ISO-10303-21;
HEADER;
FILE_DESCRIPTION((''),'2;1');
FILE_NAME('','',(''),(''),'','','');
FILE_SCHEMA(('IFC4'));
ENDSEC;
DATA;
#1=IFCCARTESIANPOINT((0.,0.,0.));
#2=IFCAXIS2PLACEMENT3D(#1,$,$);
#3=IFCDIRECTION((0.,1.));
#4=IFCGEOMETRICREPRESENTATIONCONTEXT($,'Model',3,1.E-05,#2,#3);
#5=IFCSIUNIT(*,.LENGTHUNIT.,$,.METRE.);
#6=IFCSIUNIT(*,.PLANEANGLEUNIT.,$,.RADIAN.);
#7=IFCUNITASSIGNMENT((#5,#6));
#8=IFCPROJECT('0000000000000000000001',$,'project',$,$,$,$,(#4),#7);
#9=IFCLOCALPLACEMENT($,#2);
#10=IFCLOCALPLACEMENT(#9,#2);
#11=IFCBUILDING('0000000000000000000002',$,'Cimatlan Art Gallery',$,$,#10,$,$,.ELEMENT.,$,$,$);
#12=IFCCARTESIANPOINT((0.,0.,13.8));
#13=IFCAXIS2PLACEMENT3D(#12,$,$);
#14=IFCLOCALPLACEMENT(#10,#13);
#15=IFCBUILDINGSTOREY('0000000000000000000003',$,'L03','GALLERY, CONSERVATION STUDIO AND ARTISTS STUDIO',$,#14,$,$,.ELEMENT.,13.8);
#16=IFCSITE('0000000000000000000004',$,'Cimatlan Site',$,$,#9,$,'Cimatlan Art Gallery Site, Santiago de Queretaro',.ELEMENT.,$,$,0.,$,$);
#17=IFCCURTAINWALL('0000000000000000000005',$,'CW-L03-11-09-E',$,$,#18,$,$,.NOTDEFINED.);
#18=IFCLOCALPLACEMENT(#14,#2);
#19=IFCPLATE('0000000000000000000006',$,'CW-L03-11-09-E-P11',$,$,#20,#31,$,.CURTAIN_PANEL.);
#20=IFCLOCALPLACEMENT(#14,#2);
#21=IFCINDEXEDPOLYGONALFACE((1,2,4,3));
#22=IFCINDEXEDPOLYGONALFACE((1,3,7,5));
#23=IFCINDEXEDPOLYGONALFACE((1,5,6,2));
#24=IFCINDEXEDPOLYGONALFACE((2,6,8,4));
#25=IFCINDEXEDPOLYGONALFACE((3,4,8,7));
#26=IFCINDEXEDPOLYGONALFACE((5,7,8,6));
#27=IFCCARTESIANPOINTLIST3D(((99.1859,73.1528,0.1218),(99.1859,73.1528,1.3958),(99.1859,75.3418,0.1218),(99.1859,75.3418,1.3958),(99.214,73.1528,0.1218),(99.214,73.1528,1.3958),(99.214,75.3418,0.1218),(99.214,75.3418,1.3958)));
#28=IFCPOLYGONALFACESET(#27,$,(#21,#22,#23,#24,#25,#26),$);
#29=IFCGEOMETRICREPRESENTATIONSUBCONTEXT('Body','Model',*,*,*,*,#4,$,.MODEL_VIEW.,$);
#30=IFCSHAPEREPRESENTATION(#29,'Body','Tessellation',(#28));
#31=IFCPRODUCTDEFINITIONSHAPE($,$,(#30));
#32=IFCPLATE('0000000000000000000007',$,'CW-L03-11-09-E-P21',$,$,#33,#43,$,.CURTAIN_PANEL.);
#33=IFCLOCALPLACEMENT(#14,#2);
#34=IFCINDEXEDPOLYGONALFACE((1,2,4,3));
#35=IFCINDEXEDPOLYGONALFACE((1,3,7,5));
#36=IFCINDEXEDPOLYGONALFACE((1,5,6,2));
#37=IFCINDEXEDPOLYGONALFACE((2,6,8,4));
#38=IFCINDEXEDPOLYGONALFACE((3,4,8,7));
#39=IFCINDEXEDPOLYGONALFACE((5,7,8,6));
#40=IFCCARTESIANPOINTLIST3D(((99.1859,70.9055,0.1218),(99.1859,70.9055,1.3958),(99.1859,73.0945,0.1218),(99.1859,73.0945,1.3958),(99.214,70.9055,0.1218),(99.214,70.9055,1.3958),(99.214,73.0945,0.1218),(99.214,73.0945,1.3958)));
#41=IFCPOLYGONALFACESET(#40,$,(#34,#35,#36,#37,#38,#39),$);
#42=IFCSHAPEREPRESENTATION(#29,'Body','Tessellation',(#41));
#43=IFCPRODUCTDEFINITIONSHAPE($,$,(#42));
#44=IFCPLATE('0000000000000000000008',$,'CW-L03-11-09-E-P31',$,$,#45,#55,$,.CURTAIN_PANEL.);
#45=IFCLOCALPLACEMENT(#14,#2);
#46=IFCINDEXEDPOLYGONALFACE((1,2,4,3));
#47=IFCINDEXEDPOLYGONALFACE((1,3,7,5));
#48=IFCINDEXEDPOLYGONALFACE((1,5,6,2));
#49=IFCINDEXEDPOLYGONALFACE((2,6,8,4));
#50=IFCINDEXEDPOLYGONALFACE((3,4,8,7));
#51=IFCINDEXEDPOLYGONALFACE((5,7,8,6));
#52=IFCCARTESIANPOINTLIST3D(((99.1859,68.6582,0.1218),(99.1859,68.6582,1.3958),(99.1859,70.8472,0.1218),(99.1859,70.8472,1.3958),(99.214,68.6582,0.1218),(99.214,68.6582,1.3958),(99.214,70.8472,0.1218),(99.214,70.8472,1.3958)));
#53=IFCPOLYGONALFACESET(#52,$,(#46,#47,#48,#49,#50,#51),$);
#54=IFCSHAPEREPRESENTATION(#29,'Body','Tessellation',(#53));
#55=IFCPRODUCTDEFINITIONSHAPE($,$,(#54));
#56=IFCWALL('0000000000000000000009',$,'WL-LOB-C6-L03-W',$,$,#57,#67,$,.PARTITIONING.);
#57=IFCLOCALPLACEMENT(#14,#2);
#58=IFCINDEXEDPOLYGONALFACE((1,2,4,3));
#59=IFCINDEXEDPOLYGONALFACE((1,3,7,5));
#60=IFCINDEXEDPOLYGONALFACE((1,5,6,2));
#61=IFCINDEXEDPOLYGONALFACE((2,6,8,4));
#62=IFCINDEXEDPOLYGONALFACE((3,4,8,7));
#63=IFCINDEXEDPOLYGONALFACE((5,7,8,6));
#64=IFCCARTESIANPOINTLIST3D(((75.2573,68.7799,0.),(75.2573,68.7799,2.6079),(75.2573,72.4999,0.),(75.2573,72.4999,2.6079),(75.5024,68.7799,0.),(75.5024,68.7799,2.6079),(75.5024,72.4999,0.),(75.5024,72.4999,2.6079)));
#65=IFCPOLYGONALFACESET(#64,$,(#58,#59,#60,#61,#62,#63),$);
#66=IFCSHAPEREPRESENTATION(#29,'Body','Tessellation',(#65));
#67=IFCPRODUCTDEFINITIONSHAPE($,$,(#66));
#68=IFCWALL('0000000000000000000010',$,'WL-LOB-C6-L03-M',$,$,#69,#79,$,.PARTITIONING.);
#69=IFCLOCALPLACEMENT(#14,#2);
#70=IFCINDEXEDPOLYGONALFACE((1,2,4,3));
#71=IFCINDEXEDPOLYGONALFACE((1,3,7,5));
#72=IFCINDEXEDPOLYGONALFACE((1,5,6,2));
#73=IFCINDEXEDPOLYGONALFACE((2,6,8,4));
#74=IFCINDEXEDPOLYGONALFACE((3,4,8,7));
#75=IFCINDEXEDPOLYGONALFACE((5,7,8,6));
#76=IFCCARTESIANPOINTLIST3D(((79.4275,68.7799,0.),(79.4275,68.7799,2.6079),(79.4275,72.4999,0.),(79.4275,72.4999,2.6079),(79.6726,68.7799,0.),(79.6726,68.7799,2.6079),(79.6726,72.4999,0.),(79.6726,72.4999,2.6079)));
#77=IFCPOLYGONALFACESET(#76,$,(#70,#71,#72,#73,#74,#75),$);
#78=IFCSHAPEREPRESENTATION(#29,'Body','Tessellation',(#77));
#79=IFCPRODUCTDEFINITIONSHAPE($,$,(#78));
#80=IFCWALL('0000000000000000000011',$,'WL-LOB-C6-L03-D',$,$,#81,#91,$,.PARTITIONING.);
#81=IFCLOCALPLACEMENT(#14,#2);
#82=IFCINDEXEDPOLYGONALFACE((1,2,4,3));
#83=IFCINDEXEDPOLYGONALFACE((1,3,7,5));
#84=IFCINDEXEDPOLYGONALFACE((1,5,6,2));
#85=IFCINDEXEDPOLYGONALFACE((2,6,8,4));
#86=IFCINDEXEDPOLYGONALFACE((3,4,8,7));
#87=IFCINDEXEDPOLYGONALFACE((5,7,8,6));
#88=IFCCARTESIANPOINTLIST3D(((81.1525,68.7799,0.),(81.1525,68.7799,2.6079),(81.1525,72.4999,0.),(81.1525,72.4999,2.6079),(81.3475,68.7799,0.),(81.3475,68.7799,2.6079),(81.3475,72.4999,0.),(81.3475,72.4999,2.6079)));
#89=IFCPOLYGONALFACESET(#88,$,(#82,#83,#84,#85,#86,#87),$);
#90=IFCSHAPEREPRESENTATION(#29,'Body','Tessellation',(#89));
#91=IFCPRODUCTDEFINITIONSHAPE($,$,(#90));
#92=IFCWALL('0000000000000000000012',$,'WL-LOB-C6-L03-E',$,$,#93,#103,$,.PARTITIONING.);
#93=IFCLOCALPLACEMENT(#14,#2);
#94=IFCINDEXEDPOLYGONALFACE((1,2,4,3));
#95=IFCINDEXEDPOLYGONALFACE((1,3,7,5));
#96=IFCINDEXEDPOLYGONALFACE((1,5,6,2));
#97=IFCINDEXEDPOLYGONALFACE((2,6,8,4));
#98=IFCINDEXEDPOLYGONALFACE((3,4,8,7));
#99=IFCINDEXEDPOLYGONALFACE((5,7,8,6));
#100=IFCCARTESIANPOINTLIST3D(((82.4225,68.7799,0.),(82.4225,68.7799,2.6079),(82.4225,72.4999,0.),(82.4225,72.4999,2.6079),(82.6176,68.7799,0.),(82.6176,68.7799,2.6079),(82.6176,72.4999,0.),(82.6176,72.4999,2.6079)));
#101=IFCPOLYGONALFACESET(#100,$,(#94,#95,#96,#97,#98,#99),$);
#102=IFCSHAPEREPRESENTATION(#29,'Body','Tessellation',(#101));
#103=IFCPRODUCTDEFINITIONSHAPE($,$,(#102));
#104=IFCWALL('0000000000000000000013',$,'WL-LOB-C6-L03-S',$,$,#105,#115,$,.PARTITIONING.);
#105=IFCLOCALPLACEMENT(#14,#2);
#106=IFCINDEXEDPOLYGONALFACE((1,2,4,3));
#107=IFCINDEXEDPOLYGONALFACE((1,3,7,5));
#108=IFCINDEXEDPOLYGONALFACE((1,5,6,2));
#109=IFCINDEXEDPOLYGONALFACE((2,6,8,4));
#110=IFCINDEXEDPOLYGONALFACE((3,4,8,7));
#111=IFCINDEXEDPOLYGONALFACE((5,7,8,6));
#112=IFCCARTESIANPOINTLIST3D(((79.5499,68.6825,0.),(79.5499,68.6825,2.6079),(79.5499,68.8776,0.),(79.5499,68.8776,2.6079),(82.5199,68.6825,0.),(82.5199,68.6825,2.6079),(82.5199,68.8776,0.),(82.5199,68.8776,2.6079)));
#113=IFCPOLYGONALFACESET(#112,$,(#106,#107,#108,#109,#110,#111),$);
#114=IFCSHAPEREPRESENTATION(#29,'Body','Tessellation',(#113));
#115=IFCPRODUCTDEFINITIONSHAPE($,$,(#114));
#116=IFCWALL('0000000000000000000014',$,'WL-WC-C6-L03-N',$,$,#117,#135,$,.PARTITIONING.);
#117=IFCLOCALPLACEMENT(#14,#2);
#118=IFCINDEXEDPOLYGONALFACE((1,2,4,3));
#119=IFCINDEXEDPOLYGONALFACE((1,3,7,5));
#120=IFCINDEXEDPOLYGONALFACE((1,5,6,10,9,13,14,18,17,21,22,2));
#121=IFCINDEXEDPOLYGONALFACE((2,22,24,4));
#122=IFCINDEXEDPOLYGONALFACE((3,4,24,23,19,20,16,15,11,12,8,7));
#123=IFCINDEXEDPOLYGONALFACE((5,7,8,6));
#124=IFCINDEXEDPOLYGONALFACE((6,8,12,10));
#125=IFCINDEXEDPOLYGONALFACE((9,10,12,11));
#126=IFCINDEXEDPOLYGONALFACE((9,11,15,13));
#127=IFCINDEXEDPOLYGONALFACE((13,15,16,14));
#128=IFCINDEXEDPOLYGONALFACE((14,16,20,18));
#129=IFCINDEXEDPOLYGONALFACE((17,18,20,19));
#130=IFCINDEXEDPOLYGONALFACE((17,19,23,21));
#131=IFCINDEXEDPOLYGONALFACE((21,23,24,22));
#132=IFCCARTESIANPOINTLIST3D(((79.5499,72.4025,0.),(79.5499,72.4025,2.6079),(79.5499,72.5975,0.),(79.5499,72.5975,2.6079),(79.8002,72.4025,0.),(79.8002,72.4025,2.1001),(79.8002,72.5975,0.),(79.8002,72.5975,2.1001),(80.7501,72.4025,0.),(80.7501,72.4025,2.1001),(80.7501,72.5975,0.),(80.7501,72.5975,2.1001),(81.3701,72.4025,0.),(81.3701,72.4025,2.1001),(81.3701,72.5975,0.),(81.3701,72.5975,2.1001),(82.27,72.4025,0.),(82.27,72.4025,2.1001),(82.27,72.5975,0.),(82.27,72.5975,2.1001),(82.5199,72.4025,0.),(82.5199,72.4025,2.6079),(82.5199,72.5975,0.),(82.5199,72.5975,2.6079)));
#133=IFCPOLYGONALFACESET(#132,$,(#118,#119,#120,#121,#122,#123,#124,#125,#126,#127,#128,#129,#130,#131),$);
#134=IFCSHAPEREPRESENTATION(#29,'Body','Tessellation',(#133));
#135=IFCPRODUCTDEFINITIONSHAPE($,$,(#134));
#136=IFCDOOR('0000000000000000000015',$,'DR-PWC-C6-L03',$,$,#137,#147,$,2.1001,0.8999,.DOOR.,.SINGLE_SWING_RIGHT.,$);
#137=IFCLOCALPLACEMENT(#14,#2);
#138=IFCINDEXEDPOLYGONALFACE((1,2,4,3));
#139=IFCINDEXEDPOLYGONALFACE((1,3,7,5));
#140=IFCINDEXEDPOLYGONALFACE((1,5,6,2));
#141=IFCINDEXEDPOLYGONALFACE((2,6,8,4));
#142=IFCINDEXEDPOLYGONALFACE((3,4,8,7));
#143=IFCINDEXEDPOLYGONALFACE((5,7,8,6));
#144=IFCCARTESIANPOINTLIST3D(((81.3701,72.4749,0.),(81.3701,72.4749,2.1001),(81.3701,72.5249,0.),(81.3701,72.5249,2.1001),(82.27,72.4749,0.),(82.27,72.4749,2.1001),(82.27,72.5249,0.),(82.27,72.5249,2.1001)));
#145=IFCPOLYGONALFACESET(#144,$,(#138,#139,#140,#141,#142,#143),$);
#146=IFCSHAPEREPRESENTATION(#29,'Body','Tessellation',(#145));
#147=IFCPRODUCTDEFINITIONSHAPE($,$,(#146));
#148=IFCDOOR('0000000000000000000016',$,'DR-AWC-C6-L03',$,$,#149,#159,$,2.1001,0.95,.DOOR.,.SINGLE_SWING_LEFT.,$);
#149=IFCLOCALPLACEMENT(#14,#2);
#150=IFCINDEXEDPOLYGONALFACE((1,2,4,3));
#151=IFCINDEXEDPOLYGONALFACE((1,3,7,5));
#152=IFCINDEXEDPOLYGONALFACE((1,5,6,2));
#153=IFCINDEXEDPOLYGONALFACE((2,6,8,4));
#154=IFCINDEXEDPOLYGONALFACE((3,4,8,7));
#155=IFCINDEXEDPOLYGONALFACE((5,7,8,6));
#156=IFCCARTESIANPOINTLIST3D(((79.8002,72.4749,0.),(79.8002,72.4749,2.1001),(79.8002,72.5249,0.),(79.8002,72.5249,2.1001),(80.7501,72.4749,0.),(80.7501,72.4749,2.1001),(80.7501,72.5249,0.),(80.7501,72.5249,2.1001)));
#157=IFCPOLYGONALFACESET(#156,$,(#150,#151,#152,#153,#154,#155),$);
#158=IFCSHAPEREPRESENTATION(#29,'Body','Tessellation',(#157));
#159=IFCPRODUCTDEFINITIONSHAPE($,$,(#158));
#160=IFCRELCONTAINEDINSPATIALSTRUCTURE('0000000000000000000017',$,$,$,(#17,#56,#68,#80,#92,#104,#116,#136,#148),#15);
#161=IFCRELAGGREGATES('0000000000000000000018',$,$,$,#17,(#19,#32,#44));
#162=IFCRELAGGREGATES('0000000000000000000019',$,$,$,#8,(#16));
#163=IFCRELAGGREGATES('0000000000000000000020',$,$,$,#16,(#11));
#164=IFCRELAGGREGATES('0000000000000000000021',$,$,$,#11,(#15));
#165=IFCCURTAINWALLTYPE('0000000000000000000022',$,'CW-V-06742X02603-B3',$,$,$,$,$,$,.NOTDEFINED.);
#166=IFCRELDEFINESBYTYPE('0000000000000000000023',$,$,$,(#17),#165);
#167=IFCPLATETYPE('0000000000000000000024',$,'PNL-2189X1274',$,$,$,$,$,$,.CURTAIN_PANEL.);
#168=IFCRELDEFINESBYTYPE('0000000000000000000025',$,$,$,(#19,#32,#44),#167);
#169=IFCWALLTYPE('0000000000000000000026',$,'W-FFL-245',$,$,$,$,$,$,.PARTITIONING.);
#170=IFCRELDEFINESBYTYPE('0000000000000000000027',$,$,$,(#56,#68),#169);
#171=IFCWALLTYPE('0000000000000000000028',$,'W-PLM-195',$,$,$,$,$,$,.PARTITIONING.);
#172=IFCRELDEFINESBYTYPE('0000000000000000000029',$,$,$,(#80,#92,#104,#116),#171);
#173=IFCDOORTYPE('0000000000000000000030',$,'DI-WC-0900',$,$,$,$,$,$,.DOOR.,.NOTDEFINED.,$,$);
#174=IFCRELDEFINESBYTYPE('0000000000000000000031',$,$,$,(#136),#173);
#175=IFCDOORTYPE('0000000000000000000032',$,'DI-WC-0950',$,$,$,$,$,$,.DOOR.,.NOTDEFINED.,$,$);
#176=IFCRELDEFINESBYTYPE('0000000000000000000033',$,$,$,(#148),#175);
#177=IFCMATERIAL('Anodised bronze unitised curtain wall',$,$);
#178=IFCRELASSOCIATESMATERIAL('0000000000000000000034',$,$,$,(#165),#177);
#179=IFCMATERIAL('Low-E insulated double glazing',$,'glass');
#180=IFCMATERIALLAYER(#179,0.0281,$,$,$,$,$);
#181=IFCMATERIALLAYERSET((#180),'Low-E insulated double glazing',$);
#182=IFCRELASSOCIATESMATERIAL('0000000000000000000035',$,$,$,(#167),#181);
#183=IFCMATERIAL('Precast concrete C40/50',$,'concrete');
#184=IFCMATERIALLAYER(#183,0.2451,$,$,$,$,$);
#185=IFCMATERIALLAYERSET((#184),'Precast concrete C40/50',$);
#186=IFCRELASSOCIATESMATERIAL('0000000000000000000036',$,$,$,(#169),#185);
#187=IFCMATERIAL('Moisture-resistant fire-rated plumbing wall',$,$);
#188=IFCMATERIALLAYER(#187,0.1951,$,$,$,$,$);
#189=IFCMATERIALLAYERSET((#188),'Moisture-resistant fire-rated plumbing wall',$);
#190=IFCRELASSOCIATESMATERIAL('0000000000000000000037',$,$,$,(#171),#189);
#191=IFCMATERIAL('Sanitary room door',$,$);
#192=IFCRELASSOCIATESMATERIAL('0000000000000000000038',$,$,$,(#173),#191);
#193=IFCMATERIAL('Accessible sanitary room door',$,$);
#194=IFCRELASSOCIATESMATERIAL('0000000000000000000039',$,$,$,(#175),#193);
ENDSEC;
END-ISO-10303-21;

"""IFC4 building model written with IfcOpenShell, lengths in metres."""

from ifc_helpers import new_model, si_unit, direction, frame, frame_2d, origin, origin_2d, place, context, subcontext, project, spatial, rectangle, extrude, material, layer, layer_set, type_object, element, fill, aggregate, save


model = new_model("IFC4")

# Units and contexts
model_context = context("Model", 3, precision=1e-05, world=origin(), true_north=direction((0.0, 1.0)))
body_context = subcontext(model_context, "Body", "Model", "MODEL_VIEW")
ifc_project = project(units=[si_unit("LENGTHUNIT", "METRE"), si_unit("PLANEANGLEUNIT", "RADIAN")], contexts=[model_context])

# Site, building, storey
site_placement = place(None, origin())
site = spatial("IfcSite", under=ifc_project, at=site_placement, Name="Cimatlan Site", LongName="Cimatlan Art Gallery Site, Santiago de Queretaro", CompositionType="ELEMENT", RefElevation=0.0)
building_placement = place(site_placement, origin())
building = spatial("IfcBuilding", under=site, at=building_placement, Name="Cimatlan Art Gallery", CompositionType="ELEMENT")
storey_placement = place(building_placement, frame((0.0, 0.0, 13.8)))
storey = spatial("IfcBuildingStorey", under=building, at=storey_placement, Name="L03", Description="GALLERY, CONSERVATION STUDIO AND ARTISTS STUDIO", CompositionType="ELEMENT", Elevation=13.8)

# Curtain wall, plates
ifc_material_1 = material(Name="Anodised bronze unitised curtain wall")
curtain_wall_type = type_object("IfcCurtainWallType", Name="CW-V-06742X02603-B3", PredefinedType="NOTDEFINED", material=ifc_material_1)
curtain_wall_placement = place(storey_placement, origin())
curtain_wall = element("IfcCurtainWall", 1, at=curtain_wall_placement, inside=storey, type_object=curtain_wall_type, Name="CW-L03-11-09-E", PredefinedType="NOTDEFINED")
ifc_material_2 = material(Name="Low-E insulated double glazing", Category="glass")
ifc_layer_1 = layer(ifc_material_2, 0.0281)
ifc_layer_set_1 = layer_set([ifc_layer_1], Name="Low-E insulated double glazing")
plate_type_1 = type_object("IfcPlateType", Name="PNL-2189X1274", PredefinedType="CURTAIN_PANEL", material=ifc_layer_set_1)
plate_1_placement = place(storey_placement, frame((99.2, 74.2473, 0.1218), z_axis=(0.0, 0.0, 1.0), x_axis=(0.0, -1.0, 0.0)))
plate_1 = element("IfcPlate", 2, at=plate_1_placement, type_object=plate_type_1, Name="CW-L03-11-09-E-P11", PredefinedType="CURTAIN_PANEL", context=body_context, shape_type="SweptSolid", body=[
    extrude(rectangle(XDim=2.189, YDim=0.0281, at=origin_2d()), origin(), (0.0, 0.0, 1.0), 1.2739),
])
plate_2_placement = place(storey_placement, frame((99.2, 72.0, 0.1218), z_axis=(0.0, 0.0, 1.0), x_axis=(0.0, -1.0, 0.0)))
plate_2 = element("IfcPlate", 3, at=plate_2_placement, type_object=plate_type_1, Name="CW-L03-11-09-E-P21", PredefinedType="CURTAIN_PANEL", context=body_context, shape_type="SweptSolid", body=[
    extrude(rectangle(XDim=2.189, YDim=0.0281, at=origin_2d()), origin(), (0.0, 0.0, 1.0), 1.2739),
])
plate_3_placement = place(storey_placement, frame((99.2, 69.7527, 0.1218), z_axis=(0.0, 0.0, 1.0), x_axis=(0.0, -1.0, 0.0)))
plate_3 = element("IfcPlate", 4, at=plate_3_placement, type_object=plate_type_1, Name="CW-L03-11-09-E-P31", PredefinedType="CURTAIN_PANEL", context=body_context, shape_type="SweptSolid", body=[
    extrude(rectangle(XDim=2.189, YDim=0.0281, at=origin_2d()), origin(), (0.0, 0.0, 1.0), 1.2739),
])
aggregate(curtain_wall, [plate_1, plate_2, plate_3])

# Shared definitions
ifc_material_3 = material(Name="Precast concrete C40/50", Category="concrete")
ifc_layer_2 = layer(ifc_material_3, 0.2451)
ifc_layer_set_2 = layer_set([ifc_layer_2], Name="Precast concrete C40/50")
wall_type_1 = type_object("IfcWallType", Name="W-FFL-245", PredefinedType="PARTITIONING", material=ifc_layer_set_2)

# Walls
for number, where, z_axis, x_axis, name in (
    (5, (75.3799, 68.78, 0.0), (0.0, 0.0, 1.0), (0.0, 1.0, 0.0), "WL-LOB-C6-L03-W"),
    (6, (79.55, 68.78, 0.0), (0.0, 0.0, 1.0), (0.0, 1.0, 0.0), "WL-LOB-C6-L03-M"),
):
    element("IfcWall", number, at=place(storey_placement, frame(where, z_axis=z_axis, x_axis=x_axis)), inside=storey, type_object=wall_type_1, Name=name, PredefinedType="PARTITIONING", context=body_context, shape_type="SweptSolid", body=[
        extrude(rectangle(XDim=3.72, YDim=0.2451, at=frame_2d((1.8599, 0.0))), origin(), (0.0, 0.0, 1.0), 2.6079),
    ])
ifc_material_4 = material(Name="Moisture-resistant fire-rated plumbing wall")
ifc_layer_3 = layer(ifc_material_4, 0.1951)
ifc_layer_set_3 = layer_set([ifc_layer_3], Name="Moisture-resistant fire-rated plumbing wall")
wall_type_2 = type_object("IfcWallType", Name="W-PLM-195", PredefinedType="PARTITIONING", material=ifc_layer_set_3)
for number, where, z_axis, x_axis, name in (
    (7, (81.25, 68.78, 0.0), (0.0, 0.0, 1.0), (0.0, 1.0, 0.0), "WL-LOB-C6-L03-D"),
    (8, (82.52, 68.78, 0.0), (0.0, 0.0, 1.0), (0.0, 1.0, 0.0), "WL-LOB-C6-L03-E"),
):
    element("IfcWall", number, at=place(storey_placement, frame(where, z_axis=z_axis, x_axis=x_axis)), inside=storey, type_object=wall_type_2, Name=name, PredefinedType="PARTITIONING", context=body_context, shape_type="SweptSolid", body=[
        extrude(rectangle(XDim=3.72, YDim=0.1951, at=frame_2d((1.8599, 0.0))), origin(), (0.0, 0.0, 1.0), 2.6079),
    ])
wall_1_placement = place(storey_placement, frame((79.55, 68.78, 0.0), z_axis=(0.0, 0.0, 1.0), x_axis=(1.0, 0.0, 0.0)))
element("IfcWall", 9, at=wall_1_placement, inside=storey, type_object=wall_type_2, Name="WL-LOB-C6-L03-S", PredefinedType="PARTITIONING", context=body_context, shape_type="SweptSolid", body=[
    extrude(rectangle(XDim=2.97, YDim=0.1951, at=frame_2d((1.4849, 0.0))), origin(), (0.0, 0.0, 1.0), 2.6079),
])

# Wall, openings, doors
wall_2_placement = place(storey_placement, frame((79.55, 72.5, 0.0), z_axis=(0.0, 0.0, 1.0), x_axis=(1.0, 0.0, 0.0)))
wall_2 = element("IfcWall", 10, at=wall_2_placement, inside=storey, type_object=wall_type_2, Name="WL-WC-C6-L03-N", PredefinedType="PARTITIONING", context=body_context, shape_type="SweptSolid", body=[
    extrude(rectangle(XDim=2.97, YDim=0.1951, at=frame_2d((1.4849, 0.0))), origin(), (0.0, 0.0, 1.0), 2.6079),
])
opening_1_placement = place(wall_2_placement, frame((0.25, 0.0, 0.0)))
opening_1 = element("IfcOpeningElement", 11, at=opening_1_placement, cuts=wall_2, PredefinedType="OPENING", context=body_context, shape_type="SweptSolid", body=[
    extrude(rectangle(XDim=0.95, YDim=2.1001, at=frame_2d((0.4751, 1.05))), frame((0.0, 0.1074, 0.0), z_axis=(0.0, -1.0, 0.0), x_axis=(1.0, 0.0, 0.0)), (0.0, 0.0, 1.0), 0.2151),
])
opening_2_placement = place(wall_2_placement, frame((1.8201, 0.0, 0.0)))
opening_2 = element("IfcOpeningElement", 12, at=opening_2_placement, cuts=wall_2, PredefinedType="OPENING", context=body_context, shape_type="SweptSolid", body=[
    extrude(rectangle(XDim=0.8999, YDim=2.1001, at=frame_2d((0.45, 1.05))), frame((0.0, 0.1074, 0.0), z_axis=(0.0, -1.0, 0.0), x_axis=(1.0, 0.0, 0.0)), (0.0, 0.0, 1.0), 0.2151),
])
ifc_material_5 = material(Name="Sanitary room door")
door_type_1 = type_object("IfcDoorType", Name="DI-WC-0900", OperationType="NOTDEFINED", PredefinedType="DOOR", material=ifc_material_5)
door_1_placement = place(opening_2_placement, origin())
door_1 = element("IfcDoor", 13, at=door_1_placement, inside=storey, type_object=door_type_1, Name="DR-PWC-C6-L03", OperationType="SINGLE_SWING_RIGHT", OverallHeight=2.1001, OverallWidth=0.8999, PredefinedType="DOOR", context=body_context, shape_type="SweptSolid", body=[
    extrude(rectangle(XDim=0.8999, YDim=2.1001, at=frame_2d((0.45, 1.05))), frame((0.0, 0.0249, 0.0), z_axis=(0.0, -1.0, 0.0), x_axis=(1.0, 0.0, 0.0)), (0.0, 0.0, 1.0), 0.05),
])
fill(opening_2, door_1)
ifc_material_6 = material(Name="Accessible sanitary room door")
door_type_2 = type_object("IfcDoorType", Name="DI-WC-0950", OperationType="NOTDEFINED", PredefinedType="DOOR", material=ifc_material_6)
door_2_placement = place(opening_1_placement, origin())
door_2 = element("IfcDoor", 14, at=door_2_placement, inside=storey, type_object=door_type_2, Name="DR-AWC-C6-L03", OperationType="SINGLE_SWING_LEFT", OverallHeight=2.1001, OverallWidth=0.95, PredefinedType="DOOR", context=body_context, shape_type="SweptSolid", body=[
    extrude(rectangle(XDim=0.95, YDim=2.1001, at=frame_2d((0.4751, 1.05))), frame((0.0, 0.0249, 0.0), z_axis=(0.0, -1.0, 0.0), x_axis=(1.0, 0.0, 0.0)), (0.0, 0.0, 1.0), 0.05),
])
fill(opening_1, door_2)

save(model, "model.ifc")
